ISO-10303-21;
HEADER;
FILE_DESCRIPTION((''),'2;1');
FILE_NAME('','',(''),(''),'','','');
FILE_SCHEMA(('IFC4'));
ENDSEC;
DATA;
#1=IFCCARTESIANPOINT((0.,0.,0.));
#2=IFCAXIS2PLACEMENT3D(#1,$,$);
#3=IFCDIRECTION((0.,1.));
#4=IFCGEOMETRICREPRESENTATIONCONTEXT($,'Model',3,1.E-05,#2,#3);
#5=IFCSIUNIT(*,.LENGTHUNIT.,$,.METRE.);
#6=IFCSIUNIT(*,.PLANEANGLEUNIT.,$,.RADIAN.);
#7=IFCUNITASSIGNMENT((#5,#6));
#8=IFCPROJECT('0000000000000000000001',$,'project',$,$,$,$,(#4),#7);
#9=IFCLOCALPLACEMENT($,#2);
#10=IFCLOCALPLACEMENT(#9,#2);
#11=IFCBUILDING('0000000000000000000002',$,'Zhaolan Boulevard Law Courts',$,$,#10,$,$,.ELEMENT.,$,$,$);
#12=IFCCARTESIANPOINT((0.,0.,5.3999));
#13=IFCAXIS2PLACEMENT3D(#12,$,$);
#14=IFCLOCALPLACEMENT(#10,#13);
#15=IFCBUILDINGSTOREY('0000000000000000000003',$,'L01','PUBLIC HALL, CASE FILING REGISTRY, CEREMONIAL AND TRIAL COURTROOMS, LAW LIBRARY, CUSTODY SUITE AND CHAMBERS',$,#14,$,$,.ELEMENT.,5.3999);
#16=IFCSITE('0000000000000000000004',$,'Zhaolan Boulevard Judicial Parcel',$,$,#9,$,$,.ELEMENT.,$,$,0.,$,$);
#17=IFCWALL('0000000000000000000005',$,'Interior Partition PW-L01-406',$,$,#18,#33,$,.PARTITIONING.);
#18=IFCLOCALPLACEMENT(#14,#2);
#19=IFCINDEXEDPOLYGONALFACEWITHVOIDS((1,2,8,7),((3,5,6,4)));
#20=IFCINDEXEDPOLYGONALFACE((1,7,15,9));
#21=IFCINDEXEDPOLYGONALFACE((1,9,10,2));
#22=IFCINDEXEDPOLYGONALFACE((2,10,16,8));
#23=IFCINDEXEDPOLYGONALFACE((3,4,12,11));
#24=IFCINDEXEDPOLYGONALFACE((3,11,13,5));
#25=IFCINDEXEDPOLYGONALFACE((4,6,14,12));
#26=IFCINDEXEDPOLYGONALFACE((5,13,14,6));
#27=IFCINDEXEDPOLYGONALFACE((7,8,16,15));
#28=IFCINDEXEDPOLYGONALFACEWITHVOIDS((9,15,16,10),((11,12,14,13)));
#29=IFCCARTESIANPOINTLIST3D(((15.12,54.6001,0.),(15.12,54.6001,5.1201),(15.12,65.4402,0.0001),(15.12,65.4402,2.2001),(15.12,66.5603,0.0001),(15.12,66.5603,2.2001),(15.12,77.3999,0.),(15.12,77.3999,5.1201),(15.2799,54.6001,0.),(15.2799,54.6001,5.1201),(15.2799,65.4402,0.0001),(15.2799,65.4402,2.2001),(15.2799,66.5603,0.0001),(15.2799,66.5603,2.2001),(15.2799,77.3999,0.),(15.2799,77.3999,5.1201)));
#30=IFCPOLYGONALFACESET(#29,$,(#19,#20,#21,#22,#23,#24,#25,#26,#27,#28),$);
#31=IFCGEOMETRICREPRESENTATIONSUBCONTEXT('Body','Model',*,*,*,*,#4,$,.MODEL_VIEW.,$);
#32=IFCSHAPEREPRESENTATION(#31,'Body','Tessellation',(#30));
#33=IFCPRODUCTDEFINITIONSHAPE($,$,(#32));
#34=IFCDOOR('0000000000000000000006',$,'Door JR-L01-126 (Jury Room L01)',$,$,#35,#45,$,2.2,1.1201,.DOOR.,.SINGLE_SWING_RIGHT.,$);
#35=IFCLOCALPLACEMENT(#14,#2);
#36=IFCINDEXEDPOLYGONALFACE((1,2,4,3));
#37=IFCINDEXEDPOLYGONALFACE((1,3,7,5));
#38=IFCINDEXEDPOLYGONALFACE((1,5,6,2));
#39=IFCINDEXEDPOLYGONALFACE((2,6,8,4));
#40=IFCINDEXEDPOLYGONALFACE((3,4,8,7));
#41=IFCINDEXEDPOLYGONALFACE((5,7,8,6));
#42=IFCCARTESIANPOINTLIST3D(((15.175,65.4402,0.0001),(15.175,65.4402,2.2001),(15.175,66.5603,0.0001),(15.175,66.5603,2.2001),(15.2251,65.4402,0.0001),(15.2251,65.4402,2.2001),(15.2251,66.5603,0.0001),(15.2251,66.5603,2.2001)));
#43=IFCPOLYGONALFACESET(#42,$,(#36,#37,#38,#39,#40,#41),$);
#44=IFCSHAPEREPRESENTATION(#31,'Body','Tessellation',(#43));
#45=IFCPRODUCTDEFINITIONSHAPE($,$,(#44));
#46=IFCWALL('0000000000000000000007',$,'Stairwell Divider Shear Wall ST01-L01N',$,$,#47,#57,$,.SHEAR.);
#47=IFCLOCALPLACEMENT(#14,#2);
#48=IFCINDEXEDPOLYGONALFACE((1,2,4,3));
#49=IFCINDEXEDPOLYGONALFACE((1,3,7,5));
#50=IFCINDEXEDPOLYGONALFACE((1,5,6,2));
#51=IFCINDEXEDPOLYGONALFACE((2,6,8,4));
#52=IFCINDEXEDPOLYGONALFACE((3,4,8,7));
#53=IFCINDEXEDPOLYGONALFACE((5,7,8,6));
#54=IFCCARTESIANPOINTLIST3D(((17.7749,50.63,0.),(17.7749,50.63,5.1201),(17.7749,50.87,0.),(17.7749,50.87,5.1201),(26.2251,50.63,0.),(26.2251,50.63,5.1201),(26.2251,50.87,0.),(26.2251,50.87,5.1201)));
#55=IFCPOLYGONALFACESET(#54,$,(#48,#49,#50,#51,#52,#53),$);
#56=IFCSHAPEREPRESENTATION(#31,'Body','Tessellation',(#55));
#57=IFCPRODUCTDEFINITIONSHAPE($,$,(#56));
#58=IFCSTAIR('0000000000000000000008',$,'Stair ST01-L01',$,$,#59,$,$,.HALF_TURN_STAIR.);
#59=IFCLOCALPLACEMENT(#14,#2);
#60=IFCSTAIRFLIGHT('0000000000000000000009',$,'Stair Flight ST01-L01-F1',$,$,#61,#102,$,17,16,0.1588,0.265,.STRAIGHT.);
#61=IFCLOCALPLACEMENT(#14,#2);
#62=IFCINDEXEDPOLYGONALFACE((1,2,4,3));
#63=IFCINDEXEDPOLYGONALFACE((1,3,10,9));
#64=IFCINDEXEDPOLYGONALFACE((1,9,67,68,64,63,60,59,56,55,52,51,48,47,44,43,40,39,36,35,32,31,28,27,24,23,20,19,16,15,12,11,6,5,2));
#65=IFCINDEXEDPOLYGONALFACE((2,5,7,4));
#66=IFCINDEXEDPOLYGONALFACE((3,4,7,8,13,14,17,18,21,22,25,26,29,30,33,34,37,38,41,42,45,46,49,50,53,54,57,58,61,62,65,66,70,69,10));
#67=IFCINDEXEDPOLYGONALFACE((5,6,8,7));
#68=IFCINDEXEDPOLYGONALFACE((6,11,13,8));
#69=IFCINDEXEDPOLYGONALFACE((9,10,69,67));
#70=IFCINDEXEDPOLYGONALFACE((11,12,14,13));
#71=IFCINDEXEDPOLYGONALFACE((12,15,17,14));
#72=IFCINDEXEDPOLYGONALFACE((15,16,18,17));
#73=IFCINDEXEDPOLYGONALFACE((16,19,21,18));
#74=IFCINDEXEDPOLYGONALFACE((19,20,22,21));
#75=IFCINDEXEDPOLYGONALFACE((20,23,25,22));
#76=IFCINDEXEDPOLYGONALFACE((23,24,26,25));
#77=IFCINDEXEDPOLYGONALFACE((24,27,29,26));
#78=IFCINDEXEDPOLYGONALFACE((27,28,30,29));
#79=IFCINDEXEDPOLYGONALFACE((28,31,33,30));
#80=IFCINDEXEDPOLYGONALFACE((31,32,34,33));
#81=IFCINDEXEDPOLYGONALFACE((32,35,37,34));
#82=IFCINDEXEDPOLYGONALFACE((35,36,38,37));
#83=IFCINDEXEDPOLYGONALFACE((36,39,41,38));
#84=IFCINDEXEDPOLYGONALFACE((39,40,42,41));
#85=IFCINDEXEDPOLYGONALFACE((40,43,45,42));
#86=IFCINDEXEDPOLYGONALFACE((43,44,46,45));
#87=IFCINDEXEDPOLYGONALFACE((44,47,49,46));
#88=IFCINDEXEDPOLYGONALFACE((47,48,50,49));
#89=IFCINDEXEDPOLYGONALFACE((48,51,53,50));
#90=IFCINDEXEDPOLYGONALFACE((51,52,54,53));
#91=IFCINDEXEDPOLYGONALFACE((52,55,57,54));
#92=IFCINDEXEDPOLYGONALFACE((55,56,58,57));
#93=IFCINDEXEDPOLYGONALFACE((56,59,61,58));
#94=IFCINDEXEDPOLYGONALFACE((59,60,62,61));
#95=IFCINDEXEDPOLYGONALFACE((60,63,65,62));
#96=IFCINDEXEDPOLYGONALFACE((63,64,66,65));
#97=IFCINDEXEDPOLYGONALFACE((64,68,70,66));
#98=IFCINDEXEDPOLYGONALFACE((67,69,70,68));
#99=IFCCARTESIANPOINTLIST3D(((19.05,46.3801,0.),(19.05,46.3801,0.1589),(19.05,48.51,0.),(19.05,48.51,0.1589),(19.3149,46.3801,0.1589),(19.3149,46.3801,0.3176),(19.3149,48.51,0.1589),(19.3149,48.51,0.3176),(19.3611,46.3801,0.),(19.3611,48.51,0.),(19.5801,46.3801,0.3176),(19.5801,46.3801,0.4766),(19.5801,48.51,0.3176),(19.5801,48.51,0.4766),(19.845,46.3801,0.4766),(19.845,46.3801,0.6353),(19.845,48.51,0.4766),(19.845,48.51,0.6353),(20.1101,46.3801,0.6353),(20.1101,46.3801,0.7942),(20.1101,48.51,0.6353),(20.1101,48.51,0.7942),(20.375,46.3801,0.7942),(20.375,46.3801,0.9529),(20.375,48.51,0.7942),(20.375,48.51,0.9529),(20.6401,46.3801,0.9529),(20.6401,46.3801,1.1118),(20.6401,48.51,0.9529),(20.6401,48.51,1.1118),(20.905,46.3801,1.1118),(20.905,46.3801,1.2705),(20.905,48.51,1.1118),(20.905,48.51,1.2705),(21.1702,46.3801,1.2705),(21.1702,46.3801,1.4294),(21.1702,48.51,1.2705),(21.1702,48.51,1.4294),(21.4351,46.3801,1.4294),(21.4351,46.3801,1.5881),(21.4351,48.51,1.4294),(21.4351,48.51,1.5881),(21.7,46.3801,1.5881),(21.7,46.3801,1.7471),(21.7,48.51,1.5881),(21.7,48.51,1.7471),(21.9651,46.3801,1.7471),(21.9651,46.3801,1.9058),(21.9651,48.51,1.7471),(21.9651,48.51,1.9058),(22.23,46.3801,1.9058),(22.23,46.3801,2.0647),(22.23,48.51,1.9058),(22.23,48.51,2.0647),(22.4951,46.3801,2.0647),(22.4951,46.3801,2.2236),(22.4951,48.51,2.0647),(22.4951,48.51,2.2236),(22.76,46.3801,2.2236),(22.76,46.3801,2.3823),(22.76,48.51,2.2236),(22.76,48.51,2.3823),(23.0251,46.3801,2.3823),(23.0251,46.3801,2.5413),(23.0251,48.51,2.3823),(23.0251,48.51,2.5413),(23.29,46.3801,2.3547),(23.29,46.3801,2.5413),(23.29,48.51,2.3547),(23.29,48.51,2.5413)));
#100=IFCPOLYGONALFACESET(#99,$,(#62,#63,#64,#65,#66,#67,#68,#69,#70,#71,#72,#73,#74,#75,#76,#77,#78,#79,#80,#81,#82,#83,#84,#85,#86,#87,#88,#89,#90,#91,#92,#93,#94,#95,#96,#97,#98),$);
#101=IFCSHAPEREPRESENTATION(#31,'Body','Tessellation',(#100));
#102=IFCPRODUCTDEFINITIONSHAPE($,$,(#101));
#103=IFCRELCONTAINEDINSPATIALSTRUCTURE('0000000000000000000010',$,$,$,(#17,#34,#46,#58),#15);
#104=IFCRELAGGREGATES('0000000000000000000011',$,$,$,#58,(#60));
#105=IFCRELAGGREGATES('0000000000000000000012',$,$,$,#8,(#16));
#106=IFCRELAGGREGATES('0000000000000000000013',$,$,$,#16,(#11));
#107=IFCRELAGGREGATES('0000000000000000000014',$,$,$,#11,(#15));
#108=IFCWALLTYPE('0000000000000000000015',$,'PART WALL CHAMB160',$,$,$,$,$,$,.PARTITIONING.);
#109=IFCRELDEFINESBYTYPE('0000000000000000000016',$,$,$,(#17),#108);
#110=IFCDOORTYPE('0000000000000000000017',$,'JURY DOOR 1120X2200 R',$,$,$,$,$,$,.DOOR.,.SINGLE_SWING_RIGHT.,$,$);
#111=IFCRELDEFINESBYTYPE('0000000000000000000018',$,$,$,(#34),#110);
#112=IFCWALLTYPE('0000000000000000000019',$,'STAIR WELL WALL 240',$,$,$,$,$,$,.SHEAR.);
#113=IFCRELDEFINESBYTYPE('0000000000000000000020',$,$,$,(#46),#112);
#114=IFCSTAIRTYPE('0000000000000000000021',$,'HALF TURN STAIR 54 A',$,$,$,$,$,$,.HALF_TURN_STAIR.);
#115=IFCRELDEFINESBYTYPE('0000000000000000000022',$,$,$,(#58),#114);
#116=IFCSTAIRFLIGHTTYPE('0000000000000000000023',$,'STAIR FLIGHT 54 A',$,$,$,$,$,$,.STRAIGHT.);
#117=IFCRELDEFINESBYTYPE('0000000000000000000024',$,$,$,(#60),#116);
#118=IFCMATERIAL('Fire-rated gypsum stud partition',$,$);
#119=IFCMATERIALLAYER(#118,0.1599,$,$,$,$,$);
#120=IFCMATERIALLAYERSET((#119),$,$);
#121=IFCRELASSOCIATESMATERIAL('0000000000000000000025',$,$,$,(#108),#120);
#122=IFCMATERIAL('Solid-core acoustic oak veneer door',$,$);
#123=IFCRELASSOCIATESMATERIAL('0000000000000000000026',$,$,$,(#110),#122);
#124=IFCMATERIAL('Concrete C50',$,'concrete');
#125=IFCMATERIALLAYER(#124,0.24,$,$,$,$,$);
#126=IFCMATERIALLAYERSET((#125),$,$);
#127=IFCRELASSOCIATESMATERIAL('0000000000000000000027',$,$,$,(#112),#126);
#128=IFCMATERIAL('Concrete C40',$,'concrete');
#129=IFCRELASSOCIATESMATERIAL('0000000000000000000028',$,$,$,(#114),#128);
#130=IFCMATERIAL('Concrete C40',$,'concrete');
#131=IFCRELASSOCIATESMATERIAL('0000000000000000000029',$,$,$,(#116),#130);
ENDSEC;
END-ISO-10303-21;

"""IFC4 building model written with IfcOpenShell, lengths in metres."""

from ifc_helpers import new_model, si_unit, direction, frame, frame_2d, origin, place, context, subcontext, project, spatial, polyline, rectangle, outline, extrude, material, layer, layer_set, type_object, element, fill, aggregate, save


model = new_model("IFC4")

# Units and contexts
model_context = context("Model", 3, precision=1e-05, world=origin(), true_north=direction((0.0, 1.0)))
body_context = subcontext(model_context, "Body", "Model", "MODEL_VIEW")
ifc_project = project(units=[si_unit("LENGTHUNIT", "METRE"), si_unit("PLANEANGLEUNIT", "RADIAN")], contexts=[model_context])

# Site, building, storey
site_placement = place(None, origin())
site = spatial("IfcSite", under=ifc_project, at=site_placement, Name="Zhaolan Boulevard Judicial Parcel", CompositionType="ELEMENT", RefElevation=0.0)
building_placement = place(site_placement, origin())
building = spatial("IfcBuilding", under=site, at=building_placement, Name="Zhaolan Boulevard Law Courts", CompositionType="ELEMENT")
storey_placement = place(building_placement, frame((0.0, 0.0, 5.3999)))
storey = spatial("IfcBuildingStorey", under=building, at=storey_placement, Name="L01", Description="PUBLIC HALL, CASE FILING REGISTRY, CEREMONIAL AND TRIAL COURTROOMS, LAW LIBRARY, CUSTODY SUITE AND CHAMBERS", CompositionType="ELEMENT", Elevation=5.3999)

# Wall, opening, door
ifc_material_1 = material(Name="Fire-rated gypsum stud partition")
ifc_layer_1 = layer(ifc_material_1, 0.1599)
ifc_layer_set_1 = layer_set([ifc_layer_1])
wall_type_1 = type_object("IfcWallType", Name="PART WALL CHAMB160", PredefinedType="PARTITIONING", material=ifc_layer_set_1)
wall_1_placement = place(storey_placement, frame((15.2, 54.6001, 0.0), z_axis=(0.0, 0.0, 1.0), x_axis=(0.0, 1.0, 0.0)))
wall_1 = element("IfcWall", 1, at=wall_1_placement, inside=storey, type_object=wall_type_1, Name="Interior Partition PW-L01-406", PredefinedType="PARTITIONING", context=body_context, shape_type="SweptSolid", body=[
    extrude(rectangle(XDim=22.7998, YDim=0.1599, at=frame_2d((11.3999, 0.0))), origin(), (0.0, 0.0, 1.0), 5.1201),
])
opening_1_placement = place(wall_1_placement, frame((10.8401, 0.0, 0.0)))
opening_1 = element("IfcOpeningElement", 2, at=opening_1_placement, cuts=wall_1, PredefinedType="OPENING", context=body_context, shape_type="SweptSolid", body=[
    extrude(rectangle(XDim=1.1201, YDim=2.2, at=frame_2d((0.5601, 1.1001))), frame((0.0, 0.0898, 0.0), z_axis=(0.0, -1.0, 0.0), x_axis=(1.0, 0.0, 0.0)), (0.0, 0.0, 1.0), 0.1799),
])
ifc_material_2 = material(Name="Solid-core acoustic oak veneer door")
door_type_1 = type_object("IfcDoorType", Name="JURY DOOR 1120X2200 R", OperationType="SINGLE_SWING_RIGHT", PredefinedType="DOOR", material=ifc_material_2)
door_1_placement = place(opening_1_placement, origin())
door_1 = element("IfcDoor", 3, at=door_1_placement, inside=storey, type_object=door_type_1, Name="Door JR-L01-126 (Jury Room L01)", OperationType="SINGLE_SWING_RIGHT", OverallHeight=2.2, OverallWidth=1.1201, PredefinedType="DOOR", context=body_context, shape_type="SweptSolid", body=[
    extrude(rectangle(XDim=1.1201, YDim=2.2, at=frame_2d((0.5601, 1.1001))), frame((0.0, 0.0249, 0.0), z_axis=(0.0, -1.0, 0.0), x_axis=(1.0, 0.0, 0.0)), (0.0, 0.0, 1.0), 0.05),
])
fill(opening_1, door_1)

# Wall
ifc_material_3 = material(Name="Concrete C50", Category="concrete")
ifc_layer_2 = layer(ifc_material_3, 0.24)
ifc_layer_set_2 = layer_set([ifc_layer_2])
wall_type_2 = type_object("IfcWallType", Name="STAIR WELL WALL 240", PredefinedType="SHEAR", material=ifc_layer_set_2)
wall_2_placement = place(storey_placement, frame((17.7749, 50.75, 0.0), z_axis=(0.0, 0.0, 1.0), x_axis=(1.0, 0.0, 0.0)))
element("IfcWall", 4, at=wall_2_placement, inside=storey, type_object=wall_type_2, Name="Stairwell Divider Shear Wall ST01-L01N", PredefinedType="SHEAR", context=body_context, shape_type="SweptSolid", body=[
    extrude(rectangle(XDim=8.4502, YDim=0.24, at=frame_2d((4.2251, 0.0))), origin(), (0.0, 0.0, 1.0), 5.1201),
])

# Stair, stair flight
ifc_material_4 = material(Name="Concrete C40", Category="concrete")
stair_type = type_object("IfcStairType", Name="HALF TURN STAIR 54 A", PredefinedType="HALF_TURN_STAIR", material=ifc_material_4)
stair_placement = place(storey_placement, origin())
stair = element("IfcStair", 5, at=stair_placement, inside=storey, type_object=stair_type, Name="Stair ST01-L01", PredefinedType="HALF_TURN_STAIR")
ifc_material_5 = material(Name="Concrete C40", Category="concrete")
stair_flight_type = type_object("IfcStairFlightType", Name="STAIR FLIGHT 54 A", PredefinedType="STRAIGHT", material=ifc_material_5)
stair_flight_placement = place(storey_placement, frame((19.05, 47.4451, 0.0), z_axis=(0.0, 0.0, 1.0), x_axis=(1.0, 0.0, 0.0)))
stair_flight = element("IfcStairFlight", 6, at=stair_flight_placement, type_object=stair_flight_type, Name="Stair Flight ST01-L01-F1", NumberOfRisers=17, NumberOfTreads=16, PredefinedType="STRAIGHT", RiserHeight=0.1588, TreadLength=0.265, context=body_context, shape_type="SweptSolid", body=[
    extrude(outline(polyline([(0.0, 0.0), (0.0, 0.1589), (0.2649, 0.1589), (0.2649, 0.3176), (0.53, 0.3176), (0.53, 0.4766), (0.7949, 0.4766), (0.7949, 0.6353), (1.0601, 0.6353), (1.0601, 0.7942), (1.325, 0.7942), (1.325, 0.9529), (1.5901, 0.9529), (1.5901, 1.1118), (1.855, 1.1118), (1.855, 1.2705), (2.1201, 1.2705), (2.1201, 1.4294), (2.385, 1.4294), (2.385, 1.5881), (2.6499, 1.5881), (2.6499, 1.7471), (2.915, 1.7471), (2.915, 1.9058), (3.1799, 1.9058), (3.1799, 2.0647), (3.4451, 2.0647), (3.4451, 2.2236), (3.71, 2.2236), (3.71, 2.3823), (3.9751, 2.3823), (3.9751, 2.5413), (4.24, 2.5413), (4.24, 2.7), (4.24, 2.3547), (0.311, 0.0), (0.0, 0.0)])), frame((0.0, 1.0649, 0.0), z_axis=(0.0, -1.0, 0.0), x_axis=(1.0, 0.0, 0.0)), (0.0, 0.0, 1.0), 2.1299),
])
aggregate(stair, [stair_flight])

save(model, "model.ifc")
